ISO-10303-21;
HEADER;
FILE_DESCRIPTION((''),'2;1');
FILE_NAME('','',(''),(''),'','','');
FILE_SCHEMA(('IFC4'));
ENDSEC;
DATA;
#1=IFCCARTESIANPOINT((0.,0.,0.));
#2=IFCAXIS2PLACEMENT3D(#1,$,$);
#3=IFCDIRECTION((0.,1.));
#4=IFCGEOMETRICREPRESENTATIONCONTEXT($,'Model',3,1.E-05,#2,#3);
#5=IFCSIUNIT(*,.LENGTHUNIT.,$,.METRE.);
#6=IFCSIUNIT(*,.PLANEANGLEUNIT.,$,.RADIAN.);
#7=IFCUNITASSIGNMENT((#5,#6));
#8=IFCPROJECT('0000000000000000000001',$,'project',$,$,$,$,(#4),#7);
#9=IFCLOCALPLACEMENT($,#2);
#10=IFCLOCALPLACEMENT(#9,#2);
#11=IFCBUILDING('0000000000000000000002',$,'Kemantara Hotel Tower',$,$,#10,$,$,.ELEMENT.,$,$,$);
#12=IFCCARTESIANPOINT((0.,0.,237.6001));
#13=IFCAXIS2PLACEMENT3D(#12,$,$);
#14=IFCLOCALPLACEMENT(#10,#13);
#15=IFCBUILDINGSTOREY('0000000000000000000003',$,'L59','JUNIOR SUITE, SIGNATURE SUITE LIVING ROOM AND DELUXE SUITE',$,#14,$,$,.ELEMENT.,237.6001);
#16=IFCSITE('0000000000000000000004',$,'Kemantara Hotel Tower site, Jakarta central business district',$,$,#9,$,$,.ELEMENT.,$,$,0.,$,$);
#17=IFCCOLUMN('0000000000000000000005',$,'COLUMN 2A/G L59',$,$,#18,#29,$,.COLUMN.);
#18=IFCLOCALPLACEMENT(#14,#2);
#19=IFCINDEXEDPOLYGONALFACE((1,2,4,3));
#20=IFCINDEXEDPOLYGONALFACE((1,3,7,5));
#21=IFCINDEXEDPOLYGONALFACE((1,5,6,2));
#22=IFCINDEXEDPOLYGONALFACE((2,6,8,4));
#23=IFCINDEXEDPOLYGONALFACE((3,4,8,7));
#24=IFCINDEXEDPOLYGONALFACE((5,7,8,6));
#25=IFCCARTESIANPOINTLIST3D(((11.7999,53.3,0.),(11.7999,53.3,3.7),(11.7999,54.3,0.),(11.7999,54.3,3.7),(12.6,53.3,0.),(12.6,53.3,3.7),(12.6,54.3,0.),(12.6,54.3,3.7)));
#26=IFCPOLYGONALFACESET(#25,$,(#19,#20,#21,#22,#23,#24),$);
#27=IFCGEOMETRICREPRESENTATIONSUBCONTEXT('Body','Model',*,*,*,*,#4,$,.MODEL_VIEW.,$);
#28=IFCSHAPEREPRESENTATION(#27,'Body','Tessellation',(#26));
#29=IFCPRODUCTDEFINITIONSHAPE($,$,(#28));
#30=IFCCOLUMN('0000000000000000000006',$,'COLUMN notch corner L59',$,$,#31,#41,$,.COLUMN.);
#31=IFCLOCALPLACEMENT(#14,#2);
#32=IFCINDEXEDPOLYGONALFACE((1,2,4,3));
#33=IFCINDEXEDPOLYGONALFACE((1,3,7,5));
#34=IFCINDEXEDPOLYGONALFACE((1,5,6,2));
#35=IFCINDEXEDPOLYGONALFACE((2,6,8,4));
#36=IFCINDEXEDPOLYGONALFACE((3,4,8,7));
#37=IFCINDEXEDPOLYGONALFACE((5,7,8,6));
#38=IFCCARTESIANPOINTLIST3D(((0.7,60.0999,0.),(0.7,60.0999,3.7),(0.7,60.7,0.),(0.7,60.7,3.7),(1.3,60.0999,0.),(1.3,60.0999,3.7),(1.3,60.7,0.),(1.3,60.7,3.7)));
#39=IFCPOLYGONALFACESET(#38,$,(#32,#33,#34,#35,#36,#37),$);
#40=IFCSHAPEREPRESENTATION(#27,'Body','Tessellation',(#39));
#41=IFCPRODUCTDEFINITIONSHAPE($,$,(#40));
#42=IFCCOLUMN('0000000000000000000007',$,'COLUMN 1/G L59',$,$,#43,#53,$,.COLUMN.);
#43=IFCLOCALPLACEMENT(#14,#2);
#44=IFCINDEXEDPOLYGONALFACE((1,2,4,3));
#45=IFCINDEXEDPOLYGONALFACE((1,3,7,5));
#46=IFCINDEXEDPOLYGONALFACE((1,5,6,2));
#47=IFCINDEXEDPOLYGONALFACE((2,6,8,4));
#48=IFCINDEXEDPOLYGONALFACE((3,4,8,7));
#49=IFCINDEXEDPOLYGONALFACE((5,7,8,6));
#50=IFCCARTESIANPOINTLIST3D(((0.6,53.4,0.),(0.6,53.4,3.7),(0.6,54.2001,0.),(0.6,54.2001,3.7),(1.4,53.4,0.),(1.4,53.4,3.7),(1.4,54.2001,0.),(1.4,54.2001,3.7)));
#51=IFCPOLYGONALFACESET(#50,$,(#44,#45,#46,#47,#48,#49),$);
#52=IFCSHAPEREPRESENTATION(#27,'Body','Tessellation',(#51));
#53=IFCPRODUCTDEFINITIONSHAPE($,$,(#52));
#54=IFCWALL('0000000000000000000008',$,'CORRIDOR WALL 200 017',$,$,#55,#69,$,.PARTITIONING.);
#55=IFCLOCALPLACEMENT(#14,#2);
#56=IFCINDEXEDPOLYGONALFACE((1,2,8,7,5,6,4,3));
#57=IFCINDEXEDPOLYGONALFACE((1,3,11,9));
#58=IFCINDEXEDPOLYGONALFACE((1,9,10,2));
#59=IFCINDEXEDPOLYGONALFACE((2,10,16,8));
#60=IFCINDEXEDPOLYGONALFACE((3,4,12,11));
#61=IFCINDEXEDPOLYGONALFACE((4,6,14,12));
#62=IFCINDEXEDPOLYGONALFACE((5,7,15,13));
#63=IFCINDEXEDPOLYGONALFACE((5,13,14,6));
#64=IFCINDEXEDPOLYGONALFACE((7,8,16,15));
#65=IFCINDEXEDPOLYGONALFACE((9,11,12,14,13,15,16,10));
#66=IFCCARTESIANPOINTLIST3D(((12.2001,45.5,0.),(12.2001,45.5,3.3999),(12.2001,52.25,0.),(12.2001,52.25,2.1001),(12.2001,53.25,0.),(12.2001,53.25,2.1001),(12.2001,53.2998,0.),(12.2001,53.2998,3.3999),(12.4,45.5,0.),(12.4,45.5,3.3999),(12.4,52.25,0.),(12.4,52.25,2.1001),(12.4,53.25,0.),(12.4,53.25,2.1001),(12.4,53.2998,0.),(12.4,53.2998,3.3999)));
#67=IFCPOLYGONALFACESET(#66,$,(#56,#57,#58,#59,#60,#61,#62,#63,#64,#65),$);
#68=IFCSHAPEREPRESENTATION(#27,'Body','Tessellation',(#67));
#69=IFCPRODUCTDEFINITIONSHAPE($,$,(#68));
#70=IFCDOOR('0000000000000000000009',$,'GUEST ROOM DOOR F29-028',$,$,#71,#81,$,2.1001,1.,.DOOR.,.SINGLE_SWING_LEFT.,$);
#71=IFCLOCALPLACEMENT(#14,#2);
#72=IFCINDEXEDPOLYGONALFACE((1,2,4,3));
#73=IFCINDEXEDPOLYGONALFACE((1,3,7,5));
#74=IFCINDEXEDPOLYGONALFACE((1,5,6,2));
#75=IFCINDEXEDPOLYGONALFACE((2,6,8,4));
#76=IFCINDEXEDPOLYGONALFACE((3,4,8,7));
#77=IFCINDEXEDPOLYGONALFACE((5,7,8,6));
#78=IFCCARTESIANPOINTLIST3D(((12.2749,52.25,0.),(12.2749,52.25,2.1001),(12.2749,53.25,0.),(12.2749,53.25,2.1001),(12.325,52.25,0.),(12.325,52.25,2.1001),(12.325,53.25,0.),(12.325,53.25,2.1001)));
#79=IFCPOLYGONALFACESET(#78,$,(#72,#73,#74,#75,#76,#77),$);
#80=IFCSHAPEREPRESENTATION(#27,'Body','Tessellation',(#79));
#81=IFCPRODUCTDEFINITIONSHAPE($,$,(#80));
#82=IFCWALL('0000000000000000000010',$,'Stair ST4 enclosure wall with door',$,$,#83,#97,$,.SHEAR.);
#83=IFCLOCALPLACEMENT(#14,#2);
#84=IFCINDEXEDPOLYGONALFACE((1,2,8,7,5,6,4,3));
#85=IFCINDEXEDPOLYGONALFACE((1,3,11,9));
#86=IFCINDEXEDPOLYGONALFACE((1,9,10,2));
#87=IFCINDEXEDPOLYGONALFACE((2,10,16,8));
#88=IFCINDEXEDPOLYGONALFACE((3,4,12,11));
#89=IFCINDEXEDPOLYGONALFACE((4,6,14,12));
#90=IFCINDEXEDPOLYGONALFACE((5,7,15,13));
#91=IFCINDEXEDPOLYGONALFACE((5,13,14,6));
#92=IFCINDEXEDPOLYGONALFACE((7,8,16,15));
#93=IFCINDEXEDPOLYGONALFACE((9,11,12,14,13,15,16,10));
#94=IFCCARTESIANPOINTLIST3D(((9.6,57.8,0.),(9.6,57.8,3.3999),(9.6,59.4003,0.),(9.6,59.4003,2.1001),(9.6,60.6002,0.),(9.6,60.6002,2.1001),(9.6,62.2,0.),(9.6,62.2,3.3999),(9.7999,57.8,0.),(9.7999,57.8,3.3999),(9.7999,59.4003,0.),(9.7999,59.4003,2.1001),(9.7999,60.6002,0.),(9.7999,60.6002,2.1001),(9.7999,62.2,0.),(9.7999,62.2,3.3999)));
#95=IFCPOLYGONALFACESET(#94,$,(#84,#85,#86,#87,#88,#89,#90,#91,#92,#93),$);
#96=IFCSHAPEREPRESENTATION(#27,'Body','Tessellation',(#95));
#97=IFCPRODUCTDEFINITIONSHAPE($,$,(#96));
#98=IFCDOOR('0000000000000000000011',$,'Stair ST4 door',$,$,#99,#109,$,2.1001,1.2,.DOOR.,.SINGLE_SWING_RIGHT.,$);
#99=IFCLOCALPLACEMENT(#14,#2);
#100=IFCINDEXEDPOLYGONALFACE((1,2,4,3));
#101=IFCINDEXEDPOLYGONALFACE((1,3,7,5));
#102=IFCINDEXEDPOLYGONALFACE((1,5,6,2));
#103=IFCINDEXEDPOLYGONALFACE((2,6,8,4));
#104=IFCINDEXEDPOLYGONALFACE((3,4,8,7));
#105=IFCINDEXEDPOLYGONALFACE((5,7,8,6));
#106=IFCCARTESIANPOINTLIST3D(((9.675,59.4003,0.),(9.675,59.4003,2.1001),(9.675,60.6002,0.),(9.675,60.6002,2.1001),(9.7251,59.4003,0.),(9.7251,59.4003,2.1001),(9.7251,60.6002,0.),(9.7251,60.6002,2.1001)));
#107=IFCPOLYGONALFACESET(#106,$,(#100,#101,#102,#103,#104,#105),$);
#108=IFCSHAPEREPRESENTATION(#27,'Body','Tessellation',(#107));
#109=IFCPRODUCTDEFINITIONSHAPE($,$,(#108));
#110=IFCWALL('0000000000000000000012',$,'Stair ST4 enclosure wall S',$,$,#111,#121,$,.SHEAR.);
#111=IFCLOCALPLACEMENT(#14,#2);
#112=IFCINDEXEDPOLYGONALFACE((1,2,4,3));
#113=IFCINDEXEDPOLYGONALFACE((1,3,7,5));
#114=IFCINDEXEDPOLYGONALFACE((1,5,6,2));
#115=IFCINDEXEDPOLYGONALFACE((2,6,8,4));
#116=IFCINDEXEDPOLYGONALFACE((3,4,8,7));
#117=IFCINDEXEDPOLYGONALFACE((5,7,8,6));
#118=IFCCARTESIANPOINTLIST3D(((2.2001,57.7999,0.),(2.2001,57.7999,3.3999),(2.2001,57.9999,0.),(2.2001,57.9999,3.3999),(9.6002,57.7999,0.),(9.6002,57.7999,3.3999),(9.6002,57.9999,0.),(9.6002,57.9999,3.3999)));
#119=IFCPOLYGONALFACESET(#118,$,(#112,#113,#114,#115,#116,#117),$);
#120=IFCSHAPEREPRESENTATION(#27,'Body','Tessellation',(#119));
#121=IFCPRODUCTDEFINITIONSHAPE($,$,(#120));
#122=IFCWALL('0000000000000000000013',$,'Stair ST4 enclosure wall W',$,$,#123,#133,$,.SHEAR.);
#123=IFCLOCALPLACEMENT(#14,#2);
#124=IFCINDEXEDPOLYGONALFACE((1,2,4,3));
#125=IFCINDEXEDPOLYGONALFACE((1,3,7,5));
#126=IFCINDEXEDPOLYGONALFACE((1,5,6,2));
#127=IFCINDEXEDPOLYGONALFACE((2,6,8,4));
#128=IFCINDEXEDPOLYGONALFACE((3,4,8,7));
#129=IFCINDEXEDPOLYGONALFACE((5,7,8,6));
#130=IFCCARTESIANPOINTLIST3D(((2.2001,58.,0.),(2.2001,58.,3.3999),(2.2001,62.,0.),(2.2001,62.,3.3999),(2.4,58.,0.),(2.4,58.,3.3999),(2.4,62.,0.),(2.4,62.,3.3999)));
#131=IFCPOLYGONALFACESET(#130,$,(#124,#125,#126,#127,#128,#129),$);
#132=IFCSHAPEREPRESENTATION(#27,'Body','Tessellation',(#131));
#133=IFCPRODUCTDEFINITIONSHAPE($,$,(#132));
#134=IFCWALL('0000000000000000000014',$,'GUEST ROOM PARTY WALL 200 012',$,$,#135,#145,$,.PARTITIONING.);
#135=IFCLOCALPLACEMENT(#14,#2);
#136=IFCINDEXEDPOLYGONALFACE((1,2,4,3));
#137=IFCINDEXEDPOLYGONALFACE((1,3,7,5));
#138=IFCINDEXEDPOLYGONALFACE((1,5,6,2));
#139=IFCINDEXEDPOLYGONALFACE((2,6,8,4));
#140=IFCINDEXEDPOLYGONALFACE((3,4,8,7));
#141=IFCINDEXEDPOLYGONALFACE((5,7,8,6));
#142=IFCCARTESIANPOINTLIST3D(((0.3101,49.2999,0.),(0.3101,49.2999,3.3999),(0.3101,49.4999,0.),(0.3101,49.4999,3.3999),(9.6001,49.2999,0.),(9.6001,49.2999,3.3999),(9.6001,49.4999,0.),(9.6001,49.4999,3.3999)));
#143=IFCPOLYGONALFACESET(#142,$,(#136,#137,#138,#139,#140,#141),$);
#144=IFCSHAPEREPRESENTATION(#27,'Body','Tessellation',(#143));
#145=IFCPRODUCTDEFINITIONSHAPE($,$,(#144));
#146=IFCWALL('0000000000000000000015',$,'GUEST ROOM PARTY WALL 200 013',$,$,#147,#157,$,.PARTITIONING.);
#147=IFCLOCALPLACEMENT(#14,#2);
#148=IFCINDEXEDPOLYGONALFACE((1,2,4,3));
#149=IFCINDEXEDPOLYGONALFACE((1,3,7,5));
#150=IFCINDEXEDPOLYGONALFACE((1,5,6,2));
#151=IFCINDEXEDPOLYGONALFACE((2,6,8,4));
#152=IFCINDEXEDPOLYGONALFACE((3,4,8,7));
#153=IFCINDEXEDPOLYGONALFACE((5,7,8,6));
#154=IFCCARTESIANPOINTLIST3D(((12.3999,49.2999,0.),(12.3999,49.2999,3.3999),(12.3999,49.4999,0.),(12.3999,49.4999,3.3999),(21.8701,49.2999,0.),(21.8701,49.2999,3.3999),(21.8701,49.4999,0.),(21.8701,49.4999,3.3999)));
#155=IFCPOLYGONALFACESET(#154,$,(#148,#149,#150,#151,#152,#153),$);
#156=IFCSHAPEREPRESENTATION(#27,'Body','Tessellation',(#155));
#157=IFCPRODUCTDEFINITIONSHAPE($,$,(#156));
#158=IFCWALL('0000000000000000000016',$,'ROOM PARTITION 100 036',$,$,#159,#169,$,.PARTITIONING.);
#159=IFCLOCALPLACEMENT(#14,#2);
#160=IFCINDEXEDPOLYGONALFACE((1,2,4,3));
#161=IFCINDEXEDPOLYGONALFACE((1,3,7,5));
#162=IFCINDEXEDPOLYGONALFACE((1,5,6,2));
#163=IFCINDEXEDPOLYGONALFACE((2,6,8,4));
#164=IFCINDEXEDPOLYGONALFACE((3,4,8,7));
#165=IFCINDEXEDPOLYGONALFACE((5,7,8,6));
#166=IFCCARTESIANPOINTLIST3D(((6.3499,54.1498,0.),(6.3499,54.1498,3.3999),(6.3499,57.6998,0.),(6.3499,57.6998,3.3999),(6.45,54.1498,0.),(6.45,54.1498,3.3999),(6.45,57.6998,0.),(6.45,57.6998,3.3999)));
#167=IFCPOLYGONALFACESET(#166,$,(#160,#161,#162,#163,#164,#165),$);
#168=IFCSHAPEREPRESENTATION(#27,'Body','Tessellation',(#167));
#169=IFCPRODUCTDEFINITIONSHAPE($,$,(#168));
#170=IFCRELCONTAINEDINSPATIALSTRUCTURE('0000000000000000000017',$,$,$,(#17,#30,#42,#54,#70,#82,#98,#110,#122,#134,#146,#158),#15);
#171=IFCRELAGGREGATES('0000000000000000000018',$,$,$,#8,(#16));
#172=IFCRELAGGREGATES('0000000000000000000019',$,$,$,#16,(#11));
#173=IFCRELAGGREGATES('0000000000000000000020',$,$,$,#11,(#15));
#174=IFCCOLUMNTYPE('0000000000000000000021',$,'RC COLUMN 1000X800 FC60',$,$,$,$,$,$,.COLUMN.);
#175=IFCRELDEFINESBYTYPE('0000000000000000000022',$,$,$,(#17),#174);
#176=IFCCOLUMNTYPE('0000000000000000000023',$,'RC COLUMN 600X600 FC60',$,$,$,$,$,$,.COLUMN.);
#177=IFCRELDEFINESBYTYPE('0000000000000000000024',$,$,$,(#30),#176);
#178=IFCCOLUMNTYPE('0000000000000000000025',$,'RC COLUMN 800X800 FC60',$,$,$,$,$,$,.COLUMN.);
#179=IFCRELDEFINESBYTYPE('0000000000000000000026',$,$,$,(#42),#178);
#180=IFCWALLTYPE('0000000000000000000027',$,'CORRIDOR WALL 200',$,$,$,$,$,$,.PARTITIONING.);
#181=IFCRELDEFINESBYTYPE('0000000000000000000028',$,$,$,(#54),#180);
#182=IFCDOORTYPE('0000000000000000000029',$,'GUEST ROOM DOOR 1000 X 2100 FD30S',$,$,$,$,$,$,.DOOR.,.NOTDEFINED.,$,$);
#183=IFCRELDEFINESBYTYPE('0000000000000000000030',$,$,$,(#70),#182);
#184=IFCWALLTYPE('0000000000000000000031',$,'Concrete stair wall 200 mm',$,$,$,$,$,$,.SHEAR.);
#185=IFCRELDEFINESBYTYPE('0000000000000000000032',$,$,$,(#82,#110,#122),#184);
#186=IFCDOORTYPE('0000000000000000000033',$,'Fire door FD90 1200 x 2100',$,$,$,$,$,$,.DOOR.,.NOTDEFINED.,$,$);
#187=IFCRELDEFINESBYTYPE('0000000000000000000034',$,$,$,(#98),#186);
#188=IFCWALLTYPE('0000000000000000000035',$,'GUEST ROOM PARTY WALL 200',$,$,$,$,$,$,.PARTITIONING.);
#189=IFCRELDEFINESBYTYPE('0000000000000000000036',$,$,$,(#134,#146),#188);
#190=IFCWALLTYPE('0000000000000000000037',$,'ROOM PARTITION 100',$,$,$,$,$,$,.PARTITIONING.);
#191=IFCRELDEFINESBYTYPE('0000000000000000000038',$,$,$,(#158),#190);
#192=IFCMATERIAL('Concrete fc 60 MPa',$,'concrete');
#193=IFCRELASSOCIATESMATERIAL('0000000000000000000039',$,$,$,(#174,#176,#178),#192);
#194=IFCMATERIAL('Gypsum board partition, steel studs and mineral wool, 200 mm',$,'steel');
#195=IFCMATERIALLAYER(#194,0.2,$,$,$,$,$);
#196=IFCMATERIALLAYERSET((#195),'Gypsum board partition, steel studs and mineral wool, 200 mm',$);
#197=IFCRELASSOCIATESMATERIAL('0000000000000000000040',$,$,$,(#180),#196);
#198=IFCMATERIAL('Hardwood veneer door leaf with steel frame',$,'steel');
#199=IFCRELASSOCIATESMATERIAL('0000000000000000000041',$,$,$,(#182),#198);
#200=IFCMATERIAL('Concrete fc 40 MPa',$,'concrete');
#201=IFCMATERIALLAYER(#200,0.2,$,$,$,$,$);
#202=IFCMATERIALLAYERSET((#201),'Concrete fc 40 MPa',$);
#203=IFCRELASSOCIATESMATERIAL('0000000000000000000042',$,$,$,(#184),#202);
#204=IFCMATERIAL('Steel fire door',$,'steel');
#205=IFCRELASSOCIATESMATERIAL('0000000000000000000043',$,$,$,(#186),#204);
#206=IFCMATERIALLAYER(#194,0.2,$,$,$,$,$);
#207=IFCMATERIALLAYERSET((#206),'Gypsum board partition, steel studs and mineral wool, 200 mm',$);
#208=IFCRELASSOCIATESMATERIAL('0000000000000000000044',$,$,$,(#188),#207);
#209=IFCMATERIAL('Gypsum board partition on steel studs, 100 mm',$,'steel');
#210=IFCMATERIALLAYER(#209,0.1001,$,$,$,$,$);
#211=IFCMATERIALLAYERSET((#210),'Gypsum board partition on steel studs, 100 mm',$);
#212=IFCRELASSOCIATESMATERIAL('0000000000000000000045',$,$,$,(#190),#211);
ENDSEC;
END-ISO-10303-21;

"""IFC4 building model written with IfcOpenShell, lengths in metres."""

from ifc_helpers import new_model, si_unit, direction, frame, frame_2d, origin, origin_2d, place, context, subcontext, project, spatial, rectangle, extrude, material, layer, layer_set, material_profile, profile_set, type_object, element, fill, save


model = new_model("IFC4")

# Units and contexts
model_context = context("Model", 3, precision=1e-05, world=origin(), true_north=direction((0.0, 1.0)))
body_context = subcontext(model_context, "Body", "Model", "MODEL_VIEW")
ifc_project = project(units=[si_unit("LENGTHUNIT", "METRE"), si_unit("PLANEANGLEUNIT", "RADIAN")], contexts=[model_context])

# Site, building, storey
site_placement = place(None, origin())
site = spatial("IfcSite", under=ifc_project, at=site_placement, Name="Kemantara Hotel Tower site, Jakarta central business district", CompositionType="ELEMENT", RefElevation=0.0)
building_placement = place(site_placement, origin())
building = spatial("IfcBuilding", under=site, at=building_placement, Name="Kemantara Hotel Tower", CompositionType="ELEMENT")
storey_placement = place(building_placement, frame((0.0, 0.0, 237.6001)))
storey = spatial("IfcBuildingStorey", under=building, at=storey_placement, Name="L59", Description="JUNIOR SUITE, SIGNATURE SUITE LIVING ROOM AND DELUXE SUITE", CompositionType="ELEMENT", Elevation=237.6001)

# Columns
ifc_material_1 = material(Name="Concrete fc 60 MPa", Category="concrete")
ifc_material_profile_1 = material_profile(ifc_material_1, rectangle(XDim=1.0, YDim=0.8, at=origin_2d()), Name="RC 1000X800")
ifc_profile_set_1 = profile_set([ifc_material_profile_1], Name="Concrete fc 60 MPa")
column_type_1 = type_object("IfcColumnType", Name="RC COLUMN 1000X800 FC60", PredefinedType="COLUMN", material=ifc_profile_set_1)
column_1_placement = place(storey_placement, frame((12.2, 53.8, 0.0), z_axis=(0.0, 0.0, 1.0), x_axis=(0.0, 1.0, 0.0)))
element("IfcColumn", 1, at=column_1_placement, inside=storey, type_object=column_type_1, Name="COLUMN 2A/G L59", PredefinedType="COLUMN", context=body_context, shape_type="SweptSolid", body=[
    extrude(rectangle(XDim=1.0, YDim=0.8, at=origin_2d()), origin(), (0.0, 0.0, 1.0), 3.7),
])
ifc_material_profile_2 = material_profile(ifc_material_1, rectangle(XDim=0.6001, YDim=0.6001, at=origin_2d()), Name="RC 600X600")
ifc_profile_set_2 = profile_set([ifc_material_profile_2], Name="Concrete fc 60 MPa")
column_type_2 = type_object("IfcColumnType", Name="RC COLUMN 600X600 FC60", PredefinedType="COLUMN", material=ifc_profile_set_2)
column_2_placement = place(storey_placement, frame((1.0, 60.3999, 0.0), z_axis=(0.0, 0.0, 1.0), x_axis=(1.0, 0.0, 0.0)))
element("IfcColumn", 2, at=column_2_placement, inside=storey, type_object=column_type_2, Name="COLUMN notch corner L59", PredefinedType="COLUMN", context=body_context, shape_type="SweptSolid", body=[
    extrude(rectangle(XDim=0.6001, YDim=0.6001, at=origin_2d()), origin(), (0.0, 0.0, 1.0), 3.7),
])
ifc_material_profile_3 = material_profile(ifc_material_1, rectangle(XDim=0.8, YDim=0.8, at=origin_2d()), Name="RC 800X800")
ifc_profile_set_3 = profile_set([ifc_material_profile_3], Name="Concrete fc 60 MPa")
column_type_3 = type_object("IfcColumnType", Name="RC COLUMN 800X800 FC60", PredefinedType="COLUMN", material=ifc_profile_set_3)
column_3_placement = place(storey_placement, frame((1.0, 53.8, 0.0), z_axis=(0.0, 0.0, 1.0), x_axis=(1.0, 0.0, 0.0)))
element("IfcColumn", 3, at=column_3_placement, inside=storey, type_object=column_type_3, Name="COLUMN 1/G L59", PredefinedType="COLUMN", context=body_context, shape_type="SweptSolid", body=[
    extrude(rectangle(XDim=0.8, YDim=0.8, at=origin_2d()), origin(), (0.0, 0.0, 1.0), 3.7),
])

# Walls, openings, doors
ifc_material_2 = material(Name="Gypsum board partition, steel studs and mineral wool, 200 mm", Category="steel")
ifc_layer_1 = layer(ifc_material_2, 0.2)
ifc_layer_set_1 = layer_set([ifc_layer_1], Name="Gypsum board partition, steel studs and mineral wool, 200 mm")
wall_type_1 = type_object("IfcWallType", Name="CORRIDOR WALL 200", PredefinedType="PARTITIONING", material=ifc_layer_set_1)
wall_1_placement = place(storey_placement, frame((12.3, 53.2998, 0.0), z_axis=(0.0, 0.0, 1.0), x_axis=(0.0, -1.0, 0.0)))
wall_1 = element("IfcWall", 4, at=wall_1_placement, inside=storey, type_object=wall_type_1, Name="CORRIDOR WALL 200 017", PredefinedType="PARTITIONING", context=body_context, shape_type="SweptSolid", body=[
    extrude(rectangle(XDim=7.7998, YDim=0.2, at=frame_2d((3.8999, 0.0))), origin(), (0.0, 0.0, 1.0), 3.3999),
])
opening_1_placement = place(wall_1_placement, frame((0.0498, 0.0, 0.0)))
opening_1 = element("IfcOpeningElement", 5, at=opening_1_placement, cuts=wall_1, PredefinedType="OPENING", context=body_context, shape_type="SweptSolid", body=[
    extrude(rectangle(XDim=1.0, YDim=2.1001, at=frame_2d((0.5, 1.05))), frame((0.0, 0.1099, 0.0), z_axis=(0.0, -1.0, 0.0), x_axis=(1.0, 0.0, 0.0)), (0.0, 0.0, 1.0), 0.22),
])
ifc_material_3 = material(Name="Hardwood veneer door leaf with steel frame", Category="steel")
door_type_1 = type_object("IfcDoorType", Name="GUEST ROOM DOOR 1000 X 2100 FD30S", OperationType="NOTDEFINED", PredefinedType="DOOR", material=ifc_material_3)
door_1_placement = place(opening_1_placement, origin())
door_1 = element("IfcDoor", 6, at=door_1_placement, inside=storey, type_object=door_type_1, Name="GUEST ROOM DOOR F29-028", OperationType="SINGLE_SWING_LEFT", OverallHeight=2.1001, OverallWidth=1.0, PredefinedType="DOOR", context=body_context, shape_type="SweptSolid", body=[
    extrude(rectangle(XDim=1.0, YDim=2.1001, at=frame_2d((0.5, 1.05))), frame((0.0, 0.0249, 0.0), z_axis=(0.0, -1.0, 0.0), x_axis=(1.0, 0.0, 0.0)), (0.0, 0.0, 1.0), 0.05),
])
fill(opening_1, door_1)
ifc_material_4 = material(Name="Concrete fc 40 MPa", Category="concrete")
ifc_layer_2 = layer(ifc_material_4, 0.2)
ifc_layer_set_2 = layer_set([ifc_layer_2], Name="Concrete fc 40 MPa")
wall_type_2 = type_object("IfcWallType", Name="Concrete stair wall 200 mm", PredefinedType="SHEAR", material=ifc_layer_set_2)
wall_2_placement = place(storey_placement, frame((9.7, 57.8, 0.0), z_axis=(0.0, 0.0, 1.0), x_axis=(0.0, 1.0, 0.0)))
wall_2 = element("IfcWall", 7, at=wall_2_placement, inside=storey, type_object=wall_type_2, Name="Stair ST4 enclosure wall with door", PredefinedType="SHEAR", context=body_context, shape_type="SweptSolid", body=[
    extrude(rectangle(XDim=4.3999, YDim=0.2, at=frame_2d((2.2, 0.0))), origin(), (0.0, 0.0, 1.0), 3.3999),
])
opening_2_placement = place(wall_2_placement, frame((1.6001, 0.0, 0.0)))
opening_2 = element("IfcOpeningElement", 8, at=opening_2_placement, cuts=wall_2, PredefinedType="OPENING", context=body_context, shape_type="SweptSolid", body=[
    extrude(rectangle(XDim=1.2, YDim=2.1001, at=frame_2d((0.6001, 1.05))), frame((0.0, 0.1099, 0.0), z_axis=(0.0, -1.0, 0.0), x_axis=(1.0, 0.0, 0.0)), (0.0, 0.0, 1.0), 0.22),
])
ifc_material_5 = material(Name="Steel fire door", Category="steel")
door_type_2 = type_object("IfcDoorType", Name="Fire door FD90 1200 x 2100", OperationType="NOTDEFINED", PredefinedType="DOOR", material=ifc_material_5)
door_2_placement = place(opening_2_placement, origin())
door_2 = element("IfcDoor", 9, at=door_2_placement, inside=storey, type_object=door_type_2, Name="Stair ST4 door", OperationType="SINGLE_SWING_RIGHT", OverallHeight=2.1001, OverallWidth=1.2, PredefinedType="DOOR", context=body_context, shape_type="SweptSolid", body=[
    extrude(rectangle(XDim=1.2, YDim=2.1001, at=frame_2d((0.6001, 1.05))), frame((0.0, 0.0249, 0.0), z_axis=(0.0, -1.0, 0.0), x_axis=(1.0, 0.0, 0.0)), (0.0, 0.0, 1.0), 0.05),
])
fill(opening_2, door_2)

# Walls
wall_3_placement = place(storey_placement, frame((2.2, 57.8999, 0.0), z_axis=(0.0, 0.0, 1.0), x_axis=(1.0, 0.0, 0.0)))
element("IfcWall", 10, at=wall_3_placement, inside=storey, type_object=wall_type_2, Name="Stair ST4 enclosure wall S", PredefinedType="SHEAR", context=body_context, shape_type="SweptSolid", body=[
    extrude(rectangle(XDim=7.4001, YDim=0.2, at=frame_2d((3.7002, 0.0))), origin(), (0.0, 0.0, 1.0), 3.3999),
])
wall_4_placement = place(storey_placement, frame((2.3, 58.0, 0.0), z_axis=(0.0, 0.0, 1.0), x_axis=(0.0, 1.0, 0.0)))
element("IfcWall", 11, at=wall_4_placement, inside=storey, type_object=wall_type_2, Name="Stair ST4 enclosure wall W", PredefinedType="SHEAR", context=body_context, shape_type="SweptSolid", body=[
    extrude(rectangle(XDim=4.0, YDim=0.2, at=frame_2d((2.0, 0.0))), origin(), (0.0, 0.0, 1.0), 3.3999),
])
ifc_layer_3 = layer(ifc_material_2, 0.2)
ifc_layer_set_3 = layer_set([ifc_layer_3], Name="Gypsum board partition, steel studs and mineral wool, 200 mm")
wall_type_3 = type_object("IfcWallType", Name="GUEST ROOM PARTY WALL 200", PredefinedType="PARTITIONING", material=ifc_layer_set_3)
wall_5_placement = place(storey_placement, frame((0.3101, 49.3999, 0.0), z_axis=(0.0, 0.0, 1.0), x_axis=(1.0, 0.0, 0.0)))
element("IfcWall", 12, at=wall_5_placement, inside=storey, type_object=wall_type_3, Name="GUEST ROOM PARTY WALL 200 012", PredefinedType="PARTITIONING", context=body_context, shape_type="SweptSolid", body=[
    extrude(rectangle(XDim=9.29, YDim=0.2, at=frame_2d((4.645, 0.0))), origin(), (0.0, 0.0, 1.0), 3.3999),
])
wall_6_placement = place(storey_placement, frame((12.3999, 49.3999, 0.0), z_axis=(0.0, 0.0, 1.0), x_axis=(1.0, 0.0, 0.0)))
element("IfcWall", 13, at=wall_6_placement, inside=storey, type_object=wall_type_3, Name="GUEST ROOM PARTY WALL 200 013", PredefinedType="PARTITIONING", context=body_context, shape_type="SweptSolid", body=[
    extrude(rectangle(XDim=9.4702, YDim=0.2, at=frame_2d((4.7351, 0.0))), origin(), (0.0, 0.0, 1.0), 3.3999),
])
ifc_material_6 = material(Name="Gypsum board partition on steel studs, 100 mm", Category="steel")
ifc_layer_4 = layer(ifc_material_6, 0.1001)
ifc_layer_set_4 = layer_set([ifc_layer_4], Name="Gypsum board partition on steel studs, 100 mm")
wall_type_4 = type_object("IfcWallType", Name="ROOM PARTITION 100", PredefinedType="PARTITIONING", material=ifc_layer_set_4)
wall_7_placement = place(storey_placement, frame((6.3999, 54.1499, 0.0), z_axis=(0.0, 0.0, 1.0), x_axis=(0.0, 1.0, 0.0)))
element("IfcWall", 14, at=wall_7_placement, inside=storey, type_object=wall_type_4, Name="ROOM PARTITION 100 036", PredefinedType="PARTITIONING", context=body_context, shape_type="SweptSolid", body=[
    extrude(rectangle(XDim=3.55, YDim=0.1001, at=frame_2d((1.7749, 0.0))), origin(), (0.0, 0.0, 1.0), 3.3999),
])

save(model, "model.ifc")
